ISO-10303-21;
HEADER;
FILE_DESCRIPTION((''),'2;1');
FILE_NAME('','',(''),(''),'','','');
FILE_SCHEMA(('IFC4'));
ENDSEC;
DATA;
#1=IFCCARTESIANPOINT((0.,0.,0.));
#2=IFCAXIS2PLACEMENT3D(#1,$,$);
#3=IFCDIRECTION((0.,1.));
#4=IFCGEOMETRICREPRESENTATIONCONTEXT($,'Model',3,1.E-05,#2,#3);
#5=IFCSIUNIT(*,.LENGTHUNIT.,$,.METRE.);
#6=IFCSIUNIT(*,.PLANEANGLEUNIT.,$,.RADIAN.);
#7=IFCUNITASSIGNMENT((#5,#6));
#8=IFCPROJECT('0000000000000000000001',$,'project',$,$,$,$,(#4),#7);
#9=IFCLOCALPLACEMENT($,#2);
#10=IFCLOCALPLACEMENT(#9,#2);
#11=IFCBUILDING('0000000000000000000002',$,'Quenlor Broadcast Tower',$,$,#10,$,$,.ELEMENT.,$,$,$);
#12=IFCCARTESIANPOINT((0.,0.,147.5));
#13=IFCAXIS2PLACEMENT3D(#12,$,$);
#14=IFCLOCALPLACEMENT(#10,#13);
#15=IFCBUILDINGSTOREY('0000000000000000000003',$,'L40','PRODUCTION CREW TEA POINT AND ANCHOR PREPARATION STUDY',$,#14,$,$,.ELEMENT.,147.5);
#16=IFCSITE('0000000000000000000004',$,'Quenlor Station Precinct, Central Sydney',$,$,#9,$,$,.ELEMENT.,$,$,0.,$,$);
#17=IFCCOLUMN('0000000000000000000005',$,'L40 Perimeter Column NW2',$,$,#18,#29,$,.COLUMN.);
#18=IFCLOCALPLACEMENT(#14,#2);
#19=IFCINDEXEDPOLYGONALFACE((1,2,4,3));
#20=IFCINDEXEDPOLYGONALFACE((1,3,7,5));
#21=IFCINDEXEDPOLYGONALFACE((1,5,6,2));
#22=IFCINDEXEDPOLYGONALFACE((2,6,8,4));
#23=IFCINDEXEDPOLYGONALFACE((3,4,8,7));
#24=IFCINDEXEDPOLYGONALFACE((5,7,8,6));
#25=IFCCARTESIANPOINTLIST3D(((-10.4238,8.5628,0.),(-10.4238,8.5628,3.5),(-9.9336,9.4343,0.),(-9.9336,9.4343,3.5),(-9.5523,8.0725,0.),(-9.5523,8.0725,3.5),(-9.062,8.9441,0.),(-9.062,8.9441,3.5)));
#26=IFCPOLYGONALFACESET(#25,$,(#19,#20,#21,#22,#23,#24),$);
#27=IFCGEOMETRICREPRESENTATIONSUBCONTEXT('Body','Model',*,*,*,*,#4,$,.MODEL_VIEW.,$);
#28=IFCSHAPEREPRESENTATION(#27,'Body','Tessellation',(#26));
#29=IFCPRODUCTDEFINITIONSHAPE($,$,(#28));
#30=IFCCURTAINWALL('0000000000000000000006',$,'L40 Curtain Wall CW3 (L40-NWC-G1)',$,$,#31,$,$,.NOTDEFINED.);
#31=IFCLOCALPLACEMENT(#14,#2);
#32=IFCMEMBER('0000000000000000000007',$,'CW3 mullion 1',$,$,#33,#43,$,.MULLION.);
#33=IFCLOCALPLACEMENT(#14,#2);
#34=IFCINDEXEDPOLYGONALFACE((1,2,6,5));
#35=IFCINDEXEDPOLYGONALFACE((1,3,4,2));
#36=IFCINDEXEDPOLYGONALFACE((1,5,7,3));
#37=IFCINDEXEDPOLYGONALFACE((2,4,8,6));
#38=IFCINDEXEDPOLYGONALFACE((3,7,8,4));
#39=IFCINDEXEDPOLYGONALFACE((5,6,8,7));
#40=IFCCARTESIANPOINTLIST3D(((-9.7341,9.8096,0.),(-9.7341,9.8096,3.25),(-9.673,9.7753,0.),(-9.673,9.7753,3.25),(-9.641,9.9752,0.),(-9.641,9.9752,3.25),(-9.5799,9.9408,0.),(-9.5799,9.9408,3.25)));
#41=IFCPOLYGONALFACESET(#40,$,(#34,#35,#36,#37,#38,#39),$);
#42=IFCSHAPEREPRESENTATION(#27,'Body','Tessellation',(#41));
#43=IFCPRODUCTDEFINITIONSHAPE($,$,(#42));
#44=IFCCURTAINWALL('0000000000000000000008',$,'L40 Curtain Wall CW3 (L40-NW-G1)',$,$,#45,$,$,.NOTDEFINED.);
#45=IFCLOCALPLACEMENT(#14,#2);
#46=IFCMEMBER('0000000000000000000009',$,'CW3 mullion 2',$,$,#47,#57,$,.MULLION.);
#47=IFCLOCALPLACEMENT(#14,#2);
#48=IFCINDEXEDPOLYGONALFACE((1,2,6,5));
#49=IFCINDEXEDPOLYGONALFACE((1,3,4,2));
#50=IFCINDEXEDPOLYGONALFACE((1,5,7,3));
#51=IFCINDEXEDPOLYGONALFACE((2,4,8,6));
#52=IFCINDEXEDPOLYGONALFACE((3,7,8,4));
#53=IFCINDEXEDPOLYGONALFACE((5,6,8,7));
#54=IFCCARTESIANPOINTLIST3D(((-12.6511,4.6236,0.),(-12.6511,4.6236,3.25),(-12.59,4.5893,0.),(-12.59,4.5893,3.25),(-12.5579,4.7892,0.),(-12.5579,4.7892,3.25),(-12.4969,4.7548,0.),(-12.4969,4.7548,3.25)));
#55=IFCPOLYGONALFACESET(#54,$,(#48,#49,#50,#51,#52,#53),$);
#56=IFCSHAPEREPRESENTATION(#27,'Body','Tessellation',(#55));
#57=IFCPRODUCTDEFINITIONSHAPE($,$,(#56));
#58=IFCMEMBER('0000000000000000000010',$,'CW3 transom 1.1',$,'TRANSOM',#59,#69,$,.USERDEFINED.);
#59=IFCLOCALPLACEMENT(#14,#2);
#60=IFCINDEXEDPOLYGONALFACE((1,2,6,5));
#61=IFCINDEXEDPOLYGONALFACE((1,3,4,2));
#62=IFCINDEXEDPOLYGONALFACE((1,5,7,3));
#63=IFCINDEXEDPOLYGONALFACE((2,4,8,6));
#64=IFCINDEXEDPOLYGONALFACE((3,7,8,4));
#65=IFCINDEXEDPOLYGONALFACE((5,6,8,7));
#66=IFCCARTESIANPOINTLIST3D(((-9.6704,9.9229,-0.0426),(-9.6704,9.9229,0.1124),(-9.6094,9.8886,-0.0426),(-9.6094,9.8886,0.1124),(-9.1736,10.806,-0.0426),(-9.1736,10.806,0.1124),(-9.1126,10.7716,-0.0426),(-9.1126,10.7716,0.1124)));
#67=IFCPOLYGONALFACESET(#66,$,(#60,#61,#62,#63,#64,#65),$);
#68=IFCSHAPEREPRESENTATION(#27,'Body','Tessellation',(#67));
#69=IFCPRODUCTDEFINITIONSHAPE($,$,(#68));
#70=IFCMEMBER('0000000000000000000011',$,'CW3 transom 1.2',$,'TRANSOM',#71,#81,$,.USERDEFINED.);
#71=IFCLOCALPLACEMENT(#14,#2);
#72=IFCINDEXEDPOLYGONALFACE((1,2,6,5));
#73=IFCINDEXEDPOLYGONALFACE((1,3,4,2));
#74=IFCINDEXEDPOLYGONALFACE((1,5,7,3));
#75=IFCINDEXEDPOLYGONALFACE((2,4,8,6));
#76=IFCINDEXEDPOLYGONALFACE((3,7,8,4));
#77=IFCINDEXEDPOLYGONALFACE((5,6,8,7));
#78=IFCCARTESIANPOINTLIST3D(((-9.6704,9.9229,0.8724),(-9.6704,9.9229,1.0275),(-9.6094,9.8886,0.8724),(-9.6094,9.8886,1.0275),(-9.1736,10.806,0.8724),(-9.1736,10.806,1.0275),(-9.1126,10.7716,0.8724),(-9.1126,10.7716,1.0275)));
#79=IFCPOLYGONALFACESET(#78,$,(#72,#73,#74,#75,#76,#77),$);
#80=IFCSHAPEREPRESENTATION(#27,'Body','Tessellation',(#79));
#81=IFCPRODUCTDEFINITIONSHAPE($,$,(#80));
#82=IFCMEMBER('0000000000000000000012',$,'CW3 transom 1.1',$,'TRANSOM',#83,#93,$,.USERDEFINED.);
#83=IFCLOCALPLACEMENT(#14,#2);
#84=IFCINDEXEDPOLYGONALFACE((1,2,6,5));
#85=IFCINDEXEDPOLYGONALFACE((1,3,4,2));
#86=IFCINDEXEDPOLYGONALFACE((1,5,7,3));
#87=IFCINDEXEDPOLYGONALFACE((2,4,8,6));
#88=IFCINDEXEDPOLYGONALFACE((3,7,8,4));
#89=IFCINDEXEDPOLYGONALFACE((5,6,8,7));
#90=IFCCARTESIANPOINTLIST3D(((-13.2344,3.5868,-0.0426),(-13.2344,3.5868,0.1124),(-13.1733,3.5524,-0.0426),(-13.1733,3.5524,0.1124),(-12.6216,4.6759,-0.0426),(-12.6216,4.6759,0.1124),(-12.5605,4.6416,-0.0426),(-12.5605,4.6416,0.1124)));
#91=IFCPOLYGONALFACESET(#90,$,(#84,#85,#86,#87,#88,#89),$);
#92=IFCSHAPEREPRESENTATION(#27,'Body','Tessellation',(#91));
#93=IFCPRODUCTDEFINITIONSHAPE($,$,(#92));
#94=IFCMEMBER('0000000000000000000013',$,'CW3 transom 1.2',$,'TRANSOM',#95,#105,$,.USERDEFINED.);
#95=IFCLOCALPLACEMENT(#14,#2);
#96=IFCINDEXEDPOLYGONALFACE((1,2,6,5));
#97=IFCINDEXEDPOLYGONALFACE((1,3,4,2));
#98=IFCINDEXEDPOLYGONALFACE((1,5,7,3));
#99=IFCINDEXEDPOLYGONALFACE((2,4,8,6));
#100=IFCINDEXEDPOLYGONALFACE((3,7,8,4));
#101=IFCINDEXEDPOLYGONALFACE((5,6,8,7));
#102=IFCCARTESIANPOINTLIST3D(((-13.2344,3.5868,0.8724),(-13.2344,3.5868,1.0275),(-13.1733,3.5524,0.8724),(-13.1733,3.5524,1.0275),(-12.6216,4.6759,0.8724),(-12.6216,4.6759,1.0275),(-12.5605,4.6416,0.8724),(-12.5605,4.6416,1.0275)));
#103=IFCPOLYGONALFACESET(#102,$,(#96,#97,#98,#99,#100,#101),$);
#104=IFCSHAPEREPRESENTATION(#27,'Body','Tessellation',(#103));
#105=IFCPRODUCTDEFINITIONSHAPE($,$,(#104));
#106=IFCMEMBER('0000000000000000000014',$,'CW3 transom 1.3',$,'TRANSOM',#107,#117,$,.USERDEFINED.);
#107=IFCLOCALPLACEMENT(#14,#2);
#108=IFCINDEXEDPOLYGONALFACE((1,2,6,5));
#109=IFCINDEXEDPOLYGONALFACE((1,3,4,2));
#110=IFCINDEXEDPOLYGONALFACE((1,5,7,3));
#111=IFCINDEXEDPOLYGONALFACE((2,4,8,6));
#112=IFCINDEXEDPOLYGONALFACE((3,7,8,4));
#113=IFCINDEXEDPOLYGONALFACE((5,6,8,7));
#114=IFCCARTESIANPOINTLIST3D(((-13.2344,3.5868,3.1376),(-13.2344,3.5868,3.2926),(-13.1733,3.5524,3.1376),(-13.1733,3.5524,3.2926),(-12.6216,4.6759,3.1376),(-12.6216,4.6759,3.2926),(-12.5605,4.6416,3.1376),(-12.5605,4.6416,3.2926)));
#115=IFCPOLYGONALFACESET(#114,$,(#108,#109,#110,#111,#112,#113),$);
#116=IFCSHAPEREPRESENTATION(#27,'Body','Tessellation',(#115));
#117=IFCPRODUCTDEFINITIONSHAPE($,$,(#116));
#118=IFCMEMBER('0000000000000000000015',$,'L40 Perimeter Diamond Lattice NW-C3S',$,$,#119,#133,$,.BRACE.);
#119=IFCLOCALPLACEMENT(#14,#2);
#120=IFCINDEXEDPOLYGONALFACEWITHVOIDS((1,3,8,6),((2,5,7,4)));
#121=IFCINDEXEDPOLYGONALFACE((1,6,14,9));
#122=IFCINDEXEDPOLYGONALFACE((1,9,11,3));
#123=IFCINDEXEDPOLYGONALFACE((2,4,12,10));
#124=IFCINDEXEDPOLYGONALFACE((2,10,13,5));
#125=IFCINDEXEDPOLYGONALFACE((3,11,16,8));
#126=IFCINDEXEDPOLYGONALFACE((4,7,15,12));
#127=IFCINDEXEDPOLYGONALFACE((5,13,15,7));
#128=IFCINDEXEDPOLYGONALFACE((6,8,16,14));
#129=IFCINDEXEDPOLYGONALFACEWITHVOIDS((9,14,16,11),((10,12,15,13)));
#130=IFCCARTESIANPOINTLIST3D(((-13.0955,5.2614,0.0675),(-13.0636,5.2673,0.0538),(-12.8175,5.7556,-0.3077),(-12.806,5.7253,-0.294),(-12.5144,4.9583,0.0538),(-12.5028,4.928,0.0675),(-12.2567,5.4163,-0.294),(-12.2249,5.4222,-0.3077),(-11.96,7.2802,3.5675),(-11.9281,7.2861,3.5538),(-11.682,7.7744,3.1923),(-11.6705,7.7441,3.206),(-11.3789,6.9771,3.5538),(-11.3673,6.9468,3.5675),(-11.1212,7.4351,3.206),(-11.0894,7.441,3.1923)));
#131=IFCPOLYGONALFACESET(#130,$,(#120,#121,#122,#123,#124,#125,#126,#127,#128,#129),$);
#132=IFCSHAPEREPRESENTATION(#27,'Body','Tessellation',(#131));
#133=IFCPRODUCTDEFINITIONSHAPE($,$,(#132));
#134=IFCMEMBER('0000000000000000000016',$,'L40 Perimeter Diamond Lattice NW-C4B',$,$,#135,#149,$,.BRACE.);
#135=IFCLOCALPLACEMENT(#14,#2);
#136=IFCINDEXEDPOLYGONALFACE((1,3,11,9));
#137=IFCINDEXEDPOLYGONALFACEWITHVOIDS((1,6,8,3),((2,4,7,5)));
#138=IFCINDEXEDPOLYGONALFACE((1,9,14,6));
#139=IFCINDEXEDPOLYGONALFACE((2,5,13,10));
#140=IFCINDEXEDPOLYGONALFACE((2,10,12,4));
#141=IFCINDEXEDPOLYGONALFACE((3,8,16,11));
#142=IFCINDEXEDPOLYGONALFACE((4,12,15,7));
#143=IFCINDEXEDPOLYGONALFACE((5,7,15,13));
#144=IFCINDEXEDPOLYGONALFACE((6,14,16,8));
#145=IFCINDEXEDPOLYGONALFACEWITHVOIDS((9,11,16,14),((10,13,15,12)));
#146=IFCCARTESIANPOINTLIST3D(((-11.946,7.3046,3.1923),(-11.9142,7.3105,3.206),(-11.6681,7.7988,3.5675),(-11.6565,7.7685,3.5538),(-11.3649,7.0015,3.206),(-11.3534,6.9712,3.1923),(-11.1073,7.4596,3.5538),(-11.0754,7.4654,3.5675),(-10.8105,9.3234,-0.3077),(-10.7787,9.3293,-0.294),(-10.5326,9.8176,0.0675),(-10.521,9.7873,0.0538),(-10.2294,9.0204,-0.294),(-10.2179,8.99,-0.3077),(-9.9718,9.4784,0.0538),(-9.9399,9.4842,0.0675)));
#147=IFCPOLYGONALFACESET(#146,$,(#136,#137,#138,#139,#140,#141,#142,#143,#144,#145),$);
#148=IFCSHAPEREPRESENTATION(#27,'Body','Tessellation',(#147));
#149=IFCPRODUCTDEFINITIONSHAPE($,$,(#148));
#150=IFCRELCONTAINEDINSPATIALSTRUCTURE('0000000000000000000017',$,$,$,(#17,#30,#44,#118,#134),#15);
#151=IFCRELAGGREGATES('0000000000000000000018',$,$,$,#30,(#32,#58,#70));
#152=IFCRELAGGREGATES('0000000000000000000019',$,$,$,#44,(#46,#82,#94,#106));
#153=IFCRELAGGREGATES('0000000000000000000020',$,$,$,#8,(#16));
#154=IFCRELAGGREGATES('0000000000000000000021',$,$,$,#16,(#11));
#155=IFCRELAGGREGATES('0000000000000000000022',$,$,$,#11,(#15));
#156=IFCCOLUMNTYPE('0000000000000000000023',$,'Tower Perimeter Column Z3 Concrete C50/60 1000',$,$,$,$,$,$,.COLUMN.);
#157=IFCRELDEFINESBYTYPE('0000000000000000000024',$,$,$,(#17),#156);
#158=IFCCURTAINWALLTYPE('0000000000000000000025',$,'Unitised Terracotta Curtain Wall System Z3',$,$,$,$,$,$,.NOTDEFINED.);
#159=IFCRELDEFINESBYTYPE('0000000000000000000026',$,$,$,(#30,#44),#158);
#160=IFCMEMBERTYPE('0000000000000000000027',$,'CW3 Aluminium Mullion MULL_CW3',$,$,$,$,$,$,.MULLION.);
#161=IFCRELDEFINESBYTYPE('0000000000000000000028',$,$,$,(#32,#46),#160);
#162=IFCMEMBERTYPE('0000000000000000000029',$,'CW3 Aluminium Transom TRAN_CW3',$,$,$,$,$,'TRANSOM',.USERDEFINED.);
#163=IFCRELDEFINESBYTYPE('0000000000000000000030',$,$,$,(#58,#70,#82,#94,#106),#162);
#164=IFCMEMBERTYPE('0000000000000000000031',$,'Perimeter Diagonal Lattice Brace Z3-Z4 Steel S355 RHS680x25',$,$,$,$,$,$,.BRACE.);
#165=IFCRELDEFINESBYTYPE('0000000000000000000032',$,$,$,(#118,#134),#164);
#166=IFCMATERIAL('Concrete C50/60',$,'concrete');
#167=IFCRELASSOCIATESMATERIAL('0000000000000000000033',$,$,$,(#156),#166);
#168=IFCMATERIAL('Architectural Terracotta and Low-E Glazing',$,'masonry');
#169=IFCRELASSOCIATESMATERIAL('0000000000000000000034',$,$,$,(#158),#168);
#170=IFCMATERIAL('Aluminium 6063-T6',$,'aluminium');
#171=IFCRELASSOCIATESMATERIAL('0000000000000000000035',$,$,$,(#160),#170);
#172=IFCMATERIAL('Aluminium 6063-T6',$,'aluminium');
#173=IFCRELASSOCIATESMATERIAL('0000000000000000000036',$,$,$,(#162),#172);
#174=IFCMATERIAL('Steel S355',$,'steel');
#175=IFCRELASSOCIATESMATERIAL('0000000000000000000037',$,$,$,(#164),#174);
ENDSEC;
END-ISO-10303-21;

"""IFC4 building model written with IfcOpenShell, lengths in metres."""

from ifc_helpers import new_model, si_unit, direction, frame, origin, origin_2d, place, context, subcontext, project, spatial, rectangle, hollow_rectangle, extrude, material, material_profile, profile_set, type_object, element, aggregate, save


model = new_model("IFC4")

# Units and contexts
model_context = context("Model", 3, precision=1e-05, world=origin(), true_north=direction((0.0, 1.0)))
body_context = subcontext(model_context, "Body", "Model", "MODEL_VIEW")
ifc_project = project(units=[si_unit("LENGTHUNIT", "METRE"), si_unit("PLANEANGLEUNIT", "RADIAN")], contexts=[model_context])

# Site, building, storey
site_placement = place(None, origin())
site = spatial("IfcSite", under=ifc_project, at=site_placement, Name="Quenlor Station Precinct, Central Sydney", CompositionType="ELEMENT", RefElevation=0.0)
building_placement = place(site_placement, origin())
building = spatial("IfcBuilding", under=site, at=building_placement, Name="Quenlor Broadcast Tower", CompositionType="ELEMENT")
storey_placement = place(building_placement, frame((0.0, 0.0, 147.5)))
storey = spatial("IfcBuildingStorey", under=building, at=storey_placement, Name="L40", Description="PRODUCTION CREW TEA POINT AND ANCHOR PREPARATION STUDY", CompositionType="ELEMENT", Elevation=147.5)

# Column
ifc_material_1 = material(Name="Concrete C50/60", Category="concrete")
ifc_material_profile_1 = material_profile(ifc_material_1, rectangle(XDim=1.0, YDim=1.0, at=origin_2d()))
ifc_profile_set_1 = profile_set([ifc_material_profile_1], Name="Concrete C50/60 RC1000x1000")
column_type = type_object("IfcColumnType", Name="Tower Perimeter Column Z3 Concrete C50/60 1000", PredefinedType="COLUMN", material=ifc_profile_set_1)
column_placement = place(storey_placement, frame((-9.7429, 8.7534, 0.0), z_axis=(0.0, 0.0, 1.0), x_axis=(-0.871575, 0.490262, 0.0)))
element("IfcColumn", 1, at=column_placement, inside=storey, type_object=column_type, Name="L40 Perimeter Column NW2", PredefinedType="COLUMN", context=body_context, shape_type="SweptSolid", body=[
    extrude(rectangle(XDim=1.0, YDim=1.0, at=origin_2d()), origin(), (0.0, 0.0, 1.0), 3.5),
])

# Curtain walls, members
ifc_material_2 = material(Name="Architectural Terracotta and Low-E Glazing", Category="masonry")
curtain_wall_type = type_object("IfcCurtainWallType", Name="Unitised Terracotta Curtain Wall System Z3", PredefinedType="NOTDEFINED", material=ifc_material_2)
curtain_wall_1_placement = place(storey_placement, origin())
curtain_wall_1 = element("IfcCurtainWall", 2, at=curtain_wall_1_placement, inside=storey, type_object=curtain_wall_type, Name="L40 Curtain Wall CW3 (L40-NWC-G1)", PredefinedType="NOTDEFINED")
ifc_material_3 = material(Name="Aluminium 6063-T6", Category="aluminium")
ifc_material_profile_2 = material_profile(ifc_material_3, rectangle(XDim=0.0701, YDim=0.1899, at=origin_2d()))
ifc_profile_set_2 = profile_set([ifc_material_profile_2], Name="Aluminium 6063-T6 MULL70x190")
member_type_1 = type_object("IfcMemberType", Name="CW3 Aluminium Mullion MULL_CW3", PredefinedType="MULLION", material=ifc_profile_set_2)
member_1_placement = place(storey_placement, frame((-9.657, 9.8752, 0.0), z_axis=(0.0, 0.0, 1.0), x_axis=(-0.871601, 0.490216, 0.0)))
member_1 = element("IfcMember", 3, at=member_1_placement, type_object=member_type_1, Name="CW3 mullion 1", PredefinedType="MULLION", context=body_context, shape_type="SweptSolid", body=[
    extrude(rectangle(XDim=0.0701, YDim=0.1899, at=origin_2d()), origin(), (0.0, 0.0, 1.0), 3.25),
])
curtain_wall_2_placement = place(storey_placement, origin())
curtain_wall_2 = element("IfcCurtainWall", 4, at=curtain_wall_2_placement, inside=storey, type_object=curtain_wall_type, Name="L40 Curtain Wall CW3 (L40-NW-G1)", PredefinedType="NOTDEFINED")
member_2_placement = place(storey_placement, frame((-12.574, 4.6892, 0.0), z_axis=(0.0, 0.0, 1.0), x_axis=(-0.871562, 0.490285, 0.0)))
member_2 = element("IfcMember", 5, at=member_2_placement, type_object=member_type_1, Name="CW3 mullion 2", PredefinedType="MULLION", context=body_context, shape_type="SweptSolid", body=[
    extrude(rectangle(XDim=0.0701, YDim=0.1899, at=origin_2d()), origin(), (0.0, 0.0, 1.0), 3.25),
])

# Members
ifc_material_4 = material(Name="Aluminium 6063-T6", Category="aluminium")
ifc_material_profile_3 = material_profile(ifc_material_4, rectangle(XDim=0.0701, YDim=0.155, at=origin_2d()))
ifc_profile_set_3 = profile_set([ifc_material_profile_3], Name="Aluminium 6063-T6 TRAN70x155")
member_type_2 = type_object("IfcMemberType", Name="CW3 Aluminium Transom TRAN_CW3", ElementType="TRANSOM", PredefinedType="USERDEFINED", material=ifc_profile_set_3)
member_3_placement = place(storey_placement, frame((-9.6399, 9.9058, 0.0349), z_axis=(0.490341, 0.87153, 0.0), x_axis=(-0.87153, 0.490341, 0.0)))
member_3 = element("IfcMember", 6, at=member_3_placement, type_object=member_type_2, Name="CW3 transom 1.1", ObjectType="TRANSOM", PredefinedType="USERDEFINED", context=body_context, shape_type="SweptSolid", body=[
    extrude(rectangle(XDim=0.0701, YDim=0.155, at=origin_2d()), origin(), (0.0, 0.0, 1.0), 1.0132),
])
member_4_placement = place(storey_placement, frame((-9.6399, 9.9058, 0.95), z_axis=(0.490341, 0.87153, 0.0), x_axis=(-0.87153, 0.490341, 0.0)))
member_4 = element("IfcMember", 7, at=member_4_placement, type_object=member_type_2, Name="CW3 transom 1.2", ObjectType="TRANSOM", PredefinedType="USERDEFINED", context=body_context, shape_type="SweptSolid", body=[
    extrude(rectangle(XDim=0.0701, YDim=0.155, at=origin_2d()), origin(), (0.0, 0.0, 1.0), 1.0132),
])
aggregate(curtain_wall_1, [member_1, member_3, member_4])
member_5_placement = place(storey_placement, frame((-13.2039, 3.5696, 0.0349), z_axis=(0.490363, 0.871518, 0.0), x_axis=(-0.871518, 0.490363, 0.0)))
member_5 = element("IfcMember", 8, at=member_5_placement, type_object=member_type_2, Name="CW3 transom 1.1", ObjectType="TRANSOM", PredefinedType="USERDEFINED", context=body_context, shape_type="SweptSolid", body=[
    extrude(rectangle(XDim=0.0701, YDim=0.155, at=origin_2d()), origin(), (0.0, 0.0, 1.0), 1.2498),
])
member_6_placement = place(storey_placement, frame((-13.2039, 3.5696, 0.95), z_axis=(0.490363, 0.871518, 0.0), x_axis=(-0.871518, 0.490363, 0.0)))
member_6 = element("IfcMember", 9, at=member_6_placement, type_object=member_type_2, Name="CW3 transom 1.2", ObjectType="TRANSOM", PredefinedType="USERDEFINED", context=body_context, shape_type="SweptSolid", body=[
    extrude(rectangle(XDim=0.0701, YDim=0.155, at=origin_2d()), origin(), (0.0, 0.0, 1.0), 1.2498),
])
member_7_placement = place(storey_placement, frame((-13.2039, 3.5696, 3.2151), z_axis=(0.490363, 0.871518, 0.0), x_axis=(-0.871518, 0.490363, 0.0)))
member_7 = element("IfcMember", 10, at=member_7_placement, type_object=member_type_2, Name="CW3 transom 1.3", ObjectType="TRANSOM", PredefinedType="USERDEFINED", context=body_context, shape_type="SweptSolid", body=[
    extrude(rectangle(XDim=0.0701, YDim=0.155, at=origin_2d()), origin(), (0.0, 0.0, 1.0), 1.2498),
])

# Members
ifc_material_5 = material(Name="Steel S355", Category="steel")
ifc_material_profile_4 = material_profile(ifc_material_5, hollow_rectangle(XDim=0.6799, YDim=0.6799, WallThickness=0.0249, at=origin_2d()))
ifc_profile_set_4 = profile_set([ifc_material_profile_4], Name="Steel S355 RHS680x680x25")
member_type_3 = type_object("IfcMemberType", Name="Perimeter Diagonal Lattice Brace Z3-Z4 Steel S355 RHS680x25", PredefinedType="BRACE", material=ifc_profile_set_4)
for number, where, z_axis, x_axis, name in (
    (11, (-12.6602, 5.3418, -0.1201), (0.270549, 0.481009, 0.833927), (-0.87159, 0.490236, 0.0), "L40 Perimeter Diamond Lattice NW-C3S"),
    (12, (-10.3752, 9.4038, -0.1201), (-0.270549, -0.481009, 0.833927), (0.87159, -0.490236, 0.0), "L40 Perimeter Diamond Lattice NW-C4B"),
):
    element("IfcMember", number, at=place(storey_placement, frame(where, z_axis=z_axis, x_axis=x_axis)), inside=storey, type_object=member_type_3, Name=name, PredefinedType="BRACE", context=body_context, shape_type="SweptSolid", body=[
        extrude(hollow_rectangle(XDim=0.6799, YDim=0.6799, WallThickness=0.0249, at=origin_2d()), origin(), (0.0, 0.0, 1.0), 4.197),
    ])

aggregate(curtain_wall_2, [member_2, member_5, member_6, member_7])

save(model, "model.ifc")
